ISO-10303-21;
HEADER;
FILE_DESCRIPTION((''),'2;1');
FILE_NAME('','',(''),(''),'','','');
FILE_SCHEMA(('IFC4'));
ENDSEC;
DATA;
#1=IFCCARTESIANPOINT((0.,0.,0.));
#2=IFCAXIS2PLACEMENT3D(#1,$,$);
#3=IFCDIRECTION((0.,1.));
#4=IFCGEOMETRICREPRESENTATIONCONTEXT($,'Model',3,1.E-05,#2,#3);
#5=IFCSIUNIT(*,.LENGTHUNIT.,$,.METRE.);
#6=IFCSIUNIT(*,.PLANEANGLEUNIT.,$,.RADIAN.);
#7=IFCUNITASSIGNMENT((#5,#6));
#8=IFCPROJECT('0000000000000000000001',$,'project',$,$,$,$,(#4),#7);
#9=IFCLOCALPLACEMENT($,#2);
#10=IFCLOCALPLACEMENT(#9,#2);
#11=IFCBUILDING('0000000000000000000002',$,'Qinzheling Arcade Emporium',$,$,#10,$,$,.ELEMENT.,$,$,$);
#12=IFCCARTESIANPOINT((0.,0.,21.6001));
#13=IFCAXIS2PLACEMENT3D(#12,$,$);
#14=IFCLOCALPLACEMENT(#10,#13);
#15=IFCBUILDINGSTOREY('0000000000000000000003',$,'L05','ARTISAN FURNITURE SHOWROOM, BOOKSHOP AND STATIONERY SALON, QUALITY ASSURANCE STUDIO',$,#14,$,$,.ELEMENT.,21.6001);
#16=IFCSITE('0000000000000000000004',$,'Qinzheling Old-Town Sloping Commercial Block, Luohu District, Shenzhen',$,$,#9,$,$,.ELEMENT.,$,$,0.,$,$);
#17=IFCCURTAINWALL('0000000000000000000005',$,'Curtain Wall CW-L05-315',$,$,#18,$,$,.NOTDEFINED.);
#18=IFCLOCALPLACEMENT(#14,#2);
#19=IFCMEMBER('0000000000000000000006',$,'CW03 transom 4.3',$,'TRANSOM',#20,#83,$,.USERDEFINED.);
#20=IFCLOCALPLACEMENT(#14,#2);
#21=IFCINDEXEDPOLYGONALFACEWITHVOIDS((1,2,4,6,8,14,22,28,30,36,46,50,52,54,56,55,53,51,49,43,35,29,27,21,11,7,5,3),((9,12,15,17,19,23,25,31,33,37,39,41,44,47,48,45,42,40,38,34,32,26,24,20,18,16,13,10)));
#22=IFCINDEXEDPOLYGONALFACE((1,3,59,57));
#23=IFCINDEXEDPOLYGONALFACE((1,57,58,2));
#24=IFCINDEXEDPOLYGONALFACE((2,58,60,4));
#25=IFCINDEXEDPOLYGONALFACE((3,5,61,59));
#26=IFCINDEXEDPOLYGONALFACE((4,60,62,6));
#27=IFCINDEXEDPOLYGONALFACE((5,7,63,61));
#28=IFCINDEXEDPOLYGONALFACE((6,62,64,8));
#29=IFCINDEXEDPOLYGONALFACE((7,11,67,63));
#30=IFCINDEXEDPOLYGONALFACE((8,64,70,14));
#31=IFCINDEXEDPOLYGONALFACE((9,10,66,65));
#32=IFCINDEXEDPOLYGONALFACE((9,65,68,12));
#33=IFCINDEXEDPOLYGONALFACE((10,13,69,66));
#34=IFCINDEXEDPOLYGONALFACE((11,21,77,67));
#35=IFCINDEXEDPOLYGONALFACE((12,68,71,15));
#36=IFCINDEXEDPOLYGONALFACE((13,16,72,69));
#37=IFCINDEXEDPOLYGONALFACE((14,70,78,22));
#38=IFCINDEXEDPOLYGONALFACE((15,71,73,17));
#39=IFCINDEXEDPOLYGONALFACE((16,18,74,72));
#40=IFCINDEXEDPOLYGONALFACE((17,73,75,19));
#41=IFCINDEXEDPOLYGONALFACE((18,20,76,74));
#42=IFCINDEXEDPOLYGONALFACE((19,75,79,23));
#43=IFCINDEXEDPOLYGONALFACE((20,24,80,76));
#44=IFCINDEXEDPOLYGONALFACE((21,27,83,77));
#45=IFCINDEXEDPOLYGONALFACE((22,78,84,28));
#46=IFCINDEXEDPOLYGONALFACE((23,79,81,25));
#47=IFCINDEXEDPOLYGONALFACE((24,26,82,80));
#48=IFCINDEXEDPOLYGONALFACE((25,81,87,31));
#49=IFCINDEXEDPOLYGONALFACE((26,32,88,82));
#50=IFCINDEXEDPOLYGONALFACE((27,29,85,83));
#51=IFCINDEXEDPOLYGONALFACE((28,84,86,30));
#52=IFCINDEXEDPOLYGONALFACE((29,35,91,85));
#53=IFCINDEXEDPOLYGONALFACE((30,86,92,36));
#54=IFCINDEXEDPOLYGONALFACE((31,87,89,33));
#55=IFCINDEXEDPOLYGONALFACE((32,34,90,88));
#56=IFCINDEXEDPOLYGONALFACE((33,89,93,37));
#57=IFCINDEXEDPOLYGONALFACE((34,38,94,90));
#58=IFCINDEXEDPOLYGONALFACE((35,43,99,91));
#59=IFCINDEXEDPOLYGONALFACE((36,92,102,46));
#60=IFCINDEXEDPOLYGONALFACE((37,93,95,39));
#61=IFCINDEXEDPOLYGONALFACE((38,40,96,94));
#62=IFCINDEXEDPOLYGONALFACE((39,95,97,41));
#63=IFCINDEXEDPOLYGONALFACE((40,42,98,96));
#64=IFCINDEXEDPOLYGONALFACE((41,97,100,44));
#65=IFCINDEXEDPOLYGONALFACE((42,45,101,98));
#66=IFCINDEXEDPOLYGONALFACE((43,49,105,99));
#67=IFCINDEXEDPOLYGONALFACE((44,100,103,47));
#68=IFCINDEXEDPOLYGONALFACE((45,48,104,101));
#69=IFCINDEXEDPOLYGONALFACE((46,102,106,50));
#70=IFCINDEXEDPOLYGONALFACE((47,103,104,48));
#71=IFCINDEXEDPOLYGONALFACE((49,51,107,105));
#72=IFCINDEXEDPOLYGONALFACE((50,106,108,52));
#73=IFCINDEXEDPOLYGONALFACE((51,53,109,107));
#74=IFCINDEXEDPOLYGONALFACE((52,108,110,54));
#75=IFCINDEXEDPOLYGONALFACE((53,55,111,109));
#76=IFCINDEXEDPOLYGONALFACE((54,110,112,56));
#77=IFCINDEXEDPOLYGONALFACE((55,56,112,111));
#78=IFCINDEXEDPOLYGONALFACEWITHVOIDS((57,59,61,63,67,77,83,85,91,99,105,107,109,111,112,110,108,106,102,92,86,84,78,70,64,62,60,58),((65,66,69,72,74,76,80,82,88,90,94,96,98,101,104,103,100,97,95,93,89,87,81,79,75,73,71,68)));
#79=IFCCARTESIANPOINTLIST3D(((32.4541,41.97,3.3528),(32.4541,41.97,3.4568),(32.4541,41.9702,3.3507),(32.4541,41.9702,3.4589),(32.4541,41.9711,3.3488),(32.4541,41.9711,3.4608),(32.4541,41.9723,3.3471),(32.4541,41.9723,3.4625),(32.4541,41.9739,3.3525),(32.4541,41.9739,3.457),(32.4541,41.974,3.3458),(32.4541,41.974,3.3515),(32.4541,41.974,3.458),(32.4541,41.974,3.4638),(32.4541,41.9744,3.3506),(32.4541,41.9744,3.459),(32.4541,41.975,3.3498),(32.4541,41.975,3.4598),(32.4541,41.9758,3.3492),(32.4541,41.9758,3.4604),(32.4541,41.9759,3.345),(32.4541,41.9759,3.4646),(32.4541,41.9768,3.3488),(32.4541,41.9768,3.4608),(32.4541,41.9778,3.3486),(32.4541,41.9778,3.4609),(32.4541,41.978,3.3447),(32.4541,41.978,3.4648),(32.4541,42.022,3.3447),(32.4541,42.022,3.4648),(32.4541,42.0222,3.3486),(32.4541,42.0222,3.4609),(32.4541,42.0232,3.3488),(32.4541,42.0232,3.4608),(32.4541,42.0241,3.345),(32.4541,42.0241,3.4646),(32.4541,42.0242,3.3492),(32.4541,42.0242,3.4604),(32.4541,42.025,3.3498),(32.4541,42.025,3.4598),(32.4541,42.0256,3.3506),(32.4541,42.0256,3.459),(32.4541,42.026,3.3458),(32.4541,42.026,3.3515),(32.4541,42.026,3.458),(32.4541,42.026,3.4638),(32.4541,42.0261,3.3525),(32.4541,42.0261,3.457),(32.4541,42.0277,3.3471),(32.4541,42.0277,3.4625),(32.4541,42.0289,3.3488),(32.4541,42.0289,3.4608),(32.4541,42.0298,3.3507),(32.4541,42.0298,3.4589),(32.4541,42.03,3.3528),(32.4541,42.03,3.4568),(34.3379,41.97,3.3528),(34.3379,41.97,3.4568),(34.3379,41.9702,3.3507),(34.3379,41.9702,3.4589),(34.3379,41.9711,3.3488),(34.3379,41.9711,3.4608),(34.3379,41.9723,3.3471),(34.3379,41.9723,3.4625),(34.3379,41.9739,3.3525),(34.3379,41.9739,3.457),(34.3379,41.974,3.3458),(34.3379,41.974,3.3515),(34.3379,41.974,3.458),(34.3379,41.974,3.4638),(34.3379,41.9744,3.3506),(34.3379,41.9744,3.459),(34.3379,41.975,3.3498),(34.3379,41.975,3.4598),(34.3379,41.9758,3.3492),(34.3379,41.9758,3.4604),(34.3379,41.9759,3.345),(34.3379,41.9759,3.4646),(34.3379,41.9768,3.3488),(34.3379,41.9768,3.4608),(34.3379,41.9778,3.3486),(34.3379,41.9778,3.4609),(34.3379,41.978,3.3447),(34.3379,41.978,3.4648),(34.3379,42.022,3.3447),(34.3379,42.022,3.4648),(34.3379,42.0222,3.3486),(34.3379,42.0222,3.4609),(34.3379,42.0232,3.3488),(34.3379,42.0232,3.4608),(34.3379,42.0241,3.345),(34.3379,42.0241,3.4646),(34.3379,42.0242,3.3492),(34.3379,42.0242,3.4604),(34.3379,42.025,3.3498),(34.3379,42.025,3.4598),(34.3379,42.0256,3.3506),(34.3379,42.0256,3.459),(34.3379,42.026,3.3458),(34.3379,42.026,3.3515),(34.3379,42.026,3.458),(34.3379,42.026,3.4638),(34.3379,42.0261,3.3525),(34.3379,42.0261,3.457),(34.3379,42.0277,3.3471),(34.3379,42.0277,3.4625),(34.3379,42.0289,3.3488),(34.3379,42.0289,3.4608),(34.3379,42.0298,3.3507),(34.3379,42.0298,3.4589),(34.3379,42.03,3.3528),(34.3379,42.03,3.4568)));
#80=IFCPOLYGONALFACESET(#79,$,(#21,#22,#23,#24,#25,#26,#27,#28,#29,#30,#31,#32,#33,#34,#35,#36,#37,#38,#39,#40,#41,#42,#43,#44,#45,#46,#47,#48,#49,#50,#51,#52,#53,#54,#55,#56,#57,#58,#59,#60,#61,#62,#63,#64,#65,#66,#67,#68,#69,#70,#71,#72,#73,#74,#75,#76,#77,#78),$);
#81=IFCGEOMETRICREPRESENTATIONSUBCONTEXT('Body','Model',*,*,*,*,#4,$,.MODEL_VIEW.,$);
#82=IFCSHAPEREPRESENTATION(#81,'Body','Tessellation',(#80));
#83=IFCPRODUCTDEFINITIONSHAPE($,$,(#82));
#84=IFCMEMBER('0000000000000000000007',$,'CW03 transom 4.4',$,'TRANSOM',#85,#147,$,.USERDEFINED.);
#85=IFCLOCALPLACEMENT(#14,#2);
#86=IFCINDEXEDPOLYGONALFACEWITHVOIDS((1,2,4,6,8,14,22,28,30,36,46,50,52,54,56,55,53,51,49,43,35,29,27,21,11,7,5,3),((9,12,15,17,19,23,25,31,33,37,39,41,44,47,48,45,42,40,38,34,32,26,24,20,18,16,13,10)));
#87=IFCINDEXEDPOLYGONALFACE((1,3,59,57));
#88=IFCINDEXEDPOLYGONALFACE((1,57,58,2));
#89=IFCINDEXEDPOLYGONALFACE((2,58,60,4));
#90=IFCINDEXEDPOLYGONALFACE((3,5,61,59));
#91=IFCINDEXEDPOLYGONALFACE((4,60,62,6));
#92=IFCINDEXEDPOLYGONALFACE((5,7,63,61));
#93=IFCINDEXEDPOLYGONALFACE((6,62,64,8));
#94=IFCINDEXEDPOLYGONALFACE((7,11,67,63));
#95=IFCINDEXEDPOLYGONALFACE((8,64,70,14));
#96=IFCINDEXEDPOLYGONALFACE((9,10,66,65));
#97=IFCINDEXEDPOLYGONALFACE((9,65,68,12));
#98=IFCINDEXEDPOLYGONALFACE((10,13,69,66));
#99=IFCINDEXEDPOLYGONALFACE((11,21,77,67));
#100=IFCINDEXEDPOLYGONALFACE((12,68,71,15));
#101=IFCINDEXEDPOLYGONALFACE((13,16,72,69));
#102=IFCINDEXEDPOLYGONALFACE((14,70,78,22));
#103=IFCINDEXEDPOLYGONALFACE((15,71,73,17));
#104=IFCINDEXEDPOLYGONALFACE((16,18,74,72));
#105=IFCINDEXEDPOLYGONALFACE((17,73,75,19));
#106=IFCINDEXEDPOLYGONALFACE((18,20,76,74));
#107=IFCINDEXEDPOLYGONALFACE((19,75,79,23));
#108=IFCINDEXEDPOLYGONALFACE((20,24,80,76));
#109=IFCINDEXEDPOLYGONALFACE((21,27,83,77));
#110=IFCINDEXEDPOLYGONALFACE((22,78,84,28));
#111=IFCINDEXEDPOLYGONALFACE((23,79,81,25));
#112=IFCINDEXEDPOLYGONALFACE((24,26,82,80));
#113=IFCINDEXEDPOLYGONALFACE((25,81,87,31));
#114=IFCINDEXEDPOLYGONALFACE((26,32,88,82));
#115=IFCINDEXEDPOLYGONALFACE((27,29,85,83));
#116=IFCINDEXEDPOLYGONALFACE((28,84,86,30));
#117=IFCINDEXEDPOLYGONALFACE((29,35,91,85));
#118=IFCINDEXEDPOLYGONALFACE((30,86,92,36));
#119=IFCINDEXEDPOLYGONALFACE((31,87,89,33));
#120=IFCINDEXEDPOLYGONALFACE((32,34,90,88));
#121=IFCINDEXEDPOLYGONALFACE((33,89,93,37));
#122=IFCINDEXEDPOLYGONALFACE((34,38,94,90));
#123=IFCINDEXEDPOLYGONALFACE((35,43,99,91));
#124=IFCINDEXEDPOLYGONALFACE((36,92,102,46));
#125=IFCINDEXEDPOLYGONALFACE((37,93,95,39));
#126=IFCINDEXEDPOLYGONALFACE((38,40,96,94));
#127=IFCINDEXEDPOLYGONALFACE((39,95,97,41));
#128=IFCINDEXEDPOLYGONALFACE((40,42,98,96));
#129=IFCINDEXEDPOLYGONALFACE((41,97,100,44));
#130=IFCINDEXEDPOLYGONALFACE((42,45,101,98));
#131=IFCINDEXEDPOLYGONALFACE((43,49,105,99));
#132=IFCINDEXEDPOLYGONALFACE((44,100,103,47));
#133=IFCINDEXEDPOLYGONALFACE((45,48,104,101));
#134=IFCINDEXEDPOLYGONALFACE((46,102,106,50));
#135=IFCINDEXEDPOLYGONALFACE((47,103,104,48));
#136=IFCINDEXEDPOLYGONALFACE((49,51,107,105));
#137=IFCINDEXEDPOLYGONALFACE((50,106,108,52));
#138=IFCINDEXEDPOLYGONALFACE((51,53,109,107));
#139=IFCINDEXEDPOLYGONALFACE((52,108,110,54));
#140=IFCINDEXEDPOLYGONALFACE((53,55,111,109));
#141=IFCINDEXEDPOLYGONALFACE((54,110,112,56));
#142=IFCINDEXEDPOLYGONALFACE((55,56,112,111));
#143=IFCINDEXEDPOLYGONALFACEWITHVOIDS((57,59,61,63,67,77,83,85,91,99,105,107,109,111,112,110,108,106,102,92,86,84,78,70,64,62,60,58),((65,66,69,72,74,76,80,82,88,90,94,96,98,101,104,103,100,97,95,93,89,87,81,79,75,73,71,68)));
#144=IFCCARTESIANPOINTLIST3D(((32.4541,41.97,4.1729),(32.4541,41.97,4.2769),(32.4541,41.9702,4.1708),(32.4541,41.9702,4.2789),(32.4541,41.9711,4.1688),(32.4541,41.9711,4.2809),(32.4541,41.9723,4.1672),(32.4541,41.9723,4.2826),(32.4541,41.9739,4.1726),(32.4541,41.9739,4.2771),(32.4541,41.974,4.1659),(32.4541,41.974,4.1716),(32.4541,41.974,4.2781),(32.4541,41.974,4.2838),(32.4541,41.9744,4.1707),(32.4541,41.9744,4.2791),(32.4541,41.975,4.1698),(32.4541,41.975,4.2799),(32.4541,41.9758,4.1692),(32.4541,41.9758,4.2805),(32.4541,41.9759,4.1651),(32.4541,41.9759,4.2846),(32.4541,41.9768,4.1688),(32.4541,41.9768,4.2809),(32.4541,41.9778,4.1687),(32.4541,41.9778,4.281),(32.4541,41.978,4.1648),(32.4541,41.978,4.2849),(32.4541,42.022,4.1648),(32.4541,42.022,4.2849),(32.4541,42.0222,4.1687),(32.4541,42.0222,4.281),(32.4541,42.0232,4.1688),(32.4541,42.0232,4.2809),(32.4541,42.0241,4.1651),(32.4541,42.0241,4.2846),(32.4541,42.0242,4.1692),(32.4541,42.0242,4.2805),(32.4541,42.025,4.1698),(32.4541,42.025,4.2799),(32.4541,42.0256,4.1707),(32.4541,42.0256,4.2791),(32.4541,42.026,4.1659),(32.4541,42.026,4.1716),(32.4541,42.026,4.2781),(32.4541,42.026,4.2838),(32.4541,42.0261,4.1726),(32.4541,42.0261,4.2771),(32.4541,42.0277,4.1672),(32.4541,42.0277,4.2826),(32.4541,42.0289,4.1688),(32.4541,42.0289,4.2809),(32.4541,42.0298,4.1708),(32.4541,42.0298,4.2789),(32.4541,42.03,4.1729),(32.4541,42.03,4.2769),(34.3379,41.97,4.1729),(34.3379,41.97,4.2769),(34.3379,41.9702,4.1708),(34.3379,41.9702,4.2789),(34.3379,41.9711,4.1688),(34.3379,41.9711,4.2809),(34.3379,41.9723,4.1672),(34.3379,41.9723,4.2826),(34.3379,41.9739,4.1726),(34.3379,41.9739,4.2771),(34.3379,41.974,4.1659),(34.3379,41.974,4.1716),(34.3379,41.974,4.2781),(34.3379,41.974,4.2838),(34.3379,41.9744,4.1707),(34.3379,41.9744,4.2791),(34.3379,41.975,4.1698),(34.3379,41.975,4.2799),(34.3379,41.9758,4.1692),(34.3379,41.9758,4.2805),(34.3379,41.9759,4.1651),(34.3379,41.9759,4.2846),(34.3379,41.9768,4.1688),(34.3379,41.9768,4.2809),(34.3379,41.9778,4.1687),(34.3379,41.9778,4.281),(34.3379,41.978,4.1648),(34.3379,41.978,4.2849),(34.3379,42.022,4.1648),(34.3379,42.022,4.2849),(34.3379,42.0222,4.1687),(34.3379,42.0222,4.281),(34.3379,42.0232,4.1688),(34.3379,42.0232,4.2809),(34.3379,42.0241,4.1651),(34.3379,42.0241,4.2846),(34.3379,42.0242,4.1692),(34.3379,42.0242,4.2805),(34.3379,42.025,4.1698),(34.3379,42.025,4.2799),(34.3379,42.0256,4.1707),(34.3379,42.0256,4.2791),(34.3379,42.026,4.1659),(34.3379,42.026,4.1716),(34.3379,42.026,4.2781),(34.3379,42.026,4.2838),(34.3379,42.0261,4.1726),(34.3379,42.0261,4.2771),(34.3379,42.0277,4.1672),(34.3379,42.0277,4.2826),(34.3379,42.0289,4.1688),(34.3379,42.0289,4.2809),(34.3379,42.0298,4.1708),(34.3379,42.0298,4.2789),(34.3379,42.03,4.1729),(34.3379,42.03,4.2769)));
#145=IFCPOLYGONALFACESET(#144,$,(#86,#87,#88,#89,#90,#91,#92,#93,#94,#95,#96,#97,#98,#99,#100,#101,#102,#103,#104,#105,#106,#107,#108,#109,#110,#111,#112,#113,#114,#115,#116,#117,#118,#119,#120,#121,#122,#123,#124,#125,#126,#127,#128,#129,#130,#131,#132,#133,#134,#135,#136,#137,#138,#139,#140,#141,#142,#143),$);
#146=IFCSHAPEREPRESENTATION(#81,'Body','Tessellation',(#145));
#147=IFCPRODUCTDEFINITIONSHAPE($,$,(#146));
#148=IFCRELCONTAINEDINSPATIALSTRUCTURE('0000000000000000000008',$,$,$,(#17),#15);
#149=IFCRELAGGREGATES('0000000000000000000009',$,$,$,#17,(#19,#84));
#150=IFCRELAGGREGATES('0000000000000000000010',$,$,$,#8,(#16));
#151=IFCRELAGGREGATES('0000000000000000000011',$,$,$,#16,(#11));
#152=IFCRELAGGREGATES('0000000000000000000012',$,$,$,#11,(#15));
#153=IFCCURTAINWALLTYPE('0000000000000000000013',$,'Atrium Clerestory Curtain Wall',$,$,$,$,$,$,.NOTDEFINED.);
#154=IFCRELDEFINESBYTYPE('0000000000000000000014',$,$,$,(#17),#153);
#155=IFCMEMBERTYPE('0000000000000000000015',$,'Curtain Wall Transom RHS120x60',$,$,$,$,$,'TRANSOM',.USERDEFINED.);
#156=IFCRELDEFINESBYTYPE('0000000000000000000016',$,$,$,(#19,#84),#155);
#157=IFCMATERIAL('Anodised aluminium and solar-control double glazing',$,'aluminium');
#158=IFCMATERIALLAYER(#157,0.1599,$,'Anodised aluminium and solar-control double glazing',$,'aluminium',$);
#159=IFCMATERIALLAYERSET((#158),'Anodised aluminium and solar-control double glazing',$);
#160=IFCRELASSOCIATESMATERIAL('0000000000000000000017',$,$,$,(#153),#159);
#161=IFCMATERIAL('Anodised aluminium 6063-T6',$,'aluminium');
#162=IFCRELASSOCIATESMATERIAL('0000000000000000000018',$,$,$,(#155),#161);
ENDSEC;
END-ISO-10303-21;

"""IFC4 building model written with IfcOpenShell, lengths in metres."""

from ifc_helpers import new_model, si_unit, direction, frame, origin, origin_2d, place, context, subcontext, project, spatial, hollow_rectangle, extrude, material, layer, layer_set, material_profile, profile_set, type_object, element, aggregate, save


model = new_model("IFC4")

# Units and contexts
model_context = context("Model", 3, precision=1e-05, world=origin(), true_north=direction((0.0, 1.0)))
body_context = subcontext(model_context, "Body", "Model", "MODEL_VIEW")
ifc_project = project(units=[si_unit("LENGTHUNIT", "METRE"), si_unit("PLANEANGLEUNIT", "RADIAN")], contexts=[model_context])

# Site, building, storey
site_placement = place(None, origin())
site = spatial("IfcSite", under=ifc_project, at=site_placement, Name="Qinzheling Old-Town Sloping Commercial Block, Luohu District, Shenzhen", CompositionType="ELEMENT", RefElevation=0.0)
building_placement = place(site_placement, origin())
building = spatial("IfcBuilding", under=site, at=building_placement, Name="Qinzheling Arcade Emporium", CompositionType="ELEMENT")
storey_placement = place(building_placement, frame((0.0, 0.0, 21.6001)))
storey = spatial("IfcBuildingStorey", under=building, at=storey_placement, Name="L05", Description="ARTISAN FURNITURE SHOWROOM, BOOKSHOP AND STATIONERY SALON, QUALITY ASSURANCE STUDIO", CompositionType="ELEMENT", Elevation=21.6001)

# Curtain wall
ifc_material_1 = material(Name="Anodised aluminium and solar-control double glazing", Category="aluminium")
ifc_layer_1 = layer(ifc_material_1, 0.1599, Name="Anodised aluminium and solar-control double glazing", Category="aluminium")
ifc_layer_set_1 = layer_set([ifc_layer_1], Name="Anodised aluminium and solar-control double glazing")
curtain_wall_type = type_object("IfcCurtainWallType", Name="Atrium Clerestory Curtain Wall", PredefinedType="NOTDEFINED", material=ifc_layer_set_1)
curtain_wall_1_placement = place(storey_placement, origin())
curtain_wall_1 = element("IfcCurtainWall", 1, at=curtain_wall_1_placement, inside=storey, type_object=curtain_wall_type, Name="Curtain Wall CW-L05-315", PredefinedType="NOTDEFINED")
ifc_material_2 = material(Name="Anodised aluminium 6063-T6", Category="aluminium")

# Members
ifc_material_profile_1 = material_profile(ifc_material_2, hollow_rectangle(XDim=0.0601, YDim=0.1201, WallThickness=0.0039, InnerFilletRadius=0.0039, OuterFilletRadius=0.0081, at=origin_2d()), Name="RHS 120x60x4", Category="aluminium")
ifc_profile_set_1 = profile_set([ifc_material_profile_1], Name="Anodised aluminium 6063-T6")
member_type_1 = type_object("IfcMemberType", Name="Curtain Wall Transom RHS120x60", ElementType="TRANSOM", PredefinedType="USERDEFINED", material=ifc_profile_set_1)
member_1_placement = place(storey_placement, frame((32.4541, 42.0, 3.4048), z_axis=(1.0, 0.0, 0.0), x_axis=(0.0, 1.0, 0.0)))
member_1 = element("IfcMember", 2, at=member_1_placement, type_object=member_type_1, Name="CW03 transom 4.3", ObjectType="TRANSOM", PredefinedType="USERDEFINED", context=body_context, shape_type="SweptSolid", body=[
    extrude(hollow_rectangle(XDim=0.0601, YDim=0.1201, WallThickness=0.0039, InnerFilletRadius=0.0039, OuterFilletRadius=0.0081, at=origin_2d()), origin(), (0.0, 0.0, 1.0), 1.8838),
])
member_2_placement = place(storey_placement, frame((32.4541, 42.0, 4.2249), z_axis=(1.0, 0.0, 0.0), x_axis=(0.0, 1.0, 0.0)))
member_2 = element("IfcMember", 3, at=member_2_placement, type_object=member_type_1, Name="CW03 transom 4.4", ObjectType="TRANSOM", PredefinedType="USERDEFINED", context=body_context, shape_type="SweptSolid", body=[
    extrude(hollow_rectangle(XDim=0.0601, YDim=0.1201, WallThickness=0.0039, InnerFilletRadius=0.0039, OuterFilletRadius=0.0081, at=origin_2d()), origin(), (0.0, 0.0, 1.0), 1.8838),
])

aggregate(curtain_wall_1, [member_1, member_2])

save(model, "model.ifc")
